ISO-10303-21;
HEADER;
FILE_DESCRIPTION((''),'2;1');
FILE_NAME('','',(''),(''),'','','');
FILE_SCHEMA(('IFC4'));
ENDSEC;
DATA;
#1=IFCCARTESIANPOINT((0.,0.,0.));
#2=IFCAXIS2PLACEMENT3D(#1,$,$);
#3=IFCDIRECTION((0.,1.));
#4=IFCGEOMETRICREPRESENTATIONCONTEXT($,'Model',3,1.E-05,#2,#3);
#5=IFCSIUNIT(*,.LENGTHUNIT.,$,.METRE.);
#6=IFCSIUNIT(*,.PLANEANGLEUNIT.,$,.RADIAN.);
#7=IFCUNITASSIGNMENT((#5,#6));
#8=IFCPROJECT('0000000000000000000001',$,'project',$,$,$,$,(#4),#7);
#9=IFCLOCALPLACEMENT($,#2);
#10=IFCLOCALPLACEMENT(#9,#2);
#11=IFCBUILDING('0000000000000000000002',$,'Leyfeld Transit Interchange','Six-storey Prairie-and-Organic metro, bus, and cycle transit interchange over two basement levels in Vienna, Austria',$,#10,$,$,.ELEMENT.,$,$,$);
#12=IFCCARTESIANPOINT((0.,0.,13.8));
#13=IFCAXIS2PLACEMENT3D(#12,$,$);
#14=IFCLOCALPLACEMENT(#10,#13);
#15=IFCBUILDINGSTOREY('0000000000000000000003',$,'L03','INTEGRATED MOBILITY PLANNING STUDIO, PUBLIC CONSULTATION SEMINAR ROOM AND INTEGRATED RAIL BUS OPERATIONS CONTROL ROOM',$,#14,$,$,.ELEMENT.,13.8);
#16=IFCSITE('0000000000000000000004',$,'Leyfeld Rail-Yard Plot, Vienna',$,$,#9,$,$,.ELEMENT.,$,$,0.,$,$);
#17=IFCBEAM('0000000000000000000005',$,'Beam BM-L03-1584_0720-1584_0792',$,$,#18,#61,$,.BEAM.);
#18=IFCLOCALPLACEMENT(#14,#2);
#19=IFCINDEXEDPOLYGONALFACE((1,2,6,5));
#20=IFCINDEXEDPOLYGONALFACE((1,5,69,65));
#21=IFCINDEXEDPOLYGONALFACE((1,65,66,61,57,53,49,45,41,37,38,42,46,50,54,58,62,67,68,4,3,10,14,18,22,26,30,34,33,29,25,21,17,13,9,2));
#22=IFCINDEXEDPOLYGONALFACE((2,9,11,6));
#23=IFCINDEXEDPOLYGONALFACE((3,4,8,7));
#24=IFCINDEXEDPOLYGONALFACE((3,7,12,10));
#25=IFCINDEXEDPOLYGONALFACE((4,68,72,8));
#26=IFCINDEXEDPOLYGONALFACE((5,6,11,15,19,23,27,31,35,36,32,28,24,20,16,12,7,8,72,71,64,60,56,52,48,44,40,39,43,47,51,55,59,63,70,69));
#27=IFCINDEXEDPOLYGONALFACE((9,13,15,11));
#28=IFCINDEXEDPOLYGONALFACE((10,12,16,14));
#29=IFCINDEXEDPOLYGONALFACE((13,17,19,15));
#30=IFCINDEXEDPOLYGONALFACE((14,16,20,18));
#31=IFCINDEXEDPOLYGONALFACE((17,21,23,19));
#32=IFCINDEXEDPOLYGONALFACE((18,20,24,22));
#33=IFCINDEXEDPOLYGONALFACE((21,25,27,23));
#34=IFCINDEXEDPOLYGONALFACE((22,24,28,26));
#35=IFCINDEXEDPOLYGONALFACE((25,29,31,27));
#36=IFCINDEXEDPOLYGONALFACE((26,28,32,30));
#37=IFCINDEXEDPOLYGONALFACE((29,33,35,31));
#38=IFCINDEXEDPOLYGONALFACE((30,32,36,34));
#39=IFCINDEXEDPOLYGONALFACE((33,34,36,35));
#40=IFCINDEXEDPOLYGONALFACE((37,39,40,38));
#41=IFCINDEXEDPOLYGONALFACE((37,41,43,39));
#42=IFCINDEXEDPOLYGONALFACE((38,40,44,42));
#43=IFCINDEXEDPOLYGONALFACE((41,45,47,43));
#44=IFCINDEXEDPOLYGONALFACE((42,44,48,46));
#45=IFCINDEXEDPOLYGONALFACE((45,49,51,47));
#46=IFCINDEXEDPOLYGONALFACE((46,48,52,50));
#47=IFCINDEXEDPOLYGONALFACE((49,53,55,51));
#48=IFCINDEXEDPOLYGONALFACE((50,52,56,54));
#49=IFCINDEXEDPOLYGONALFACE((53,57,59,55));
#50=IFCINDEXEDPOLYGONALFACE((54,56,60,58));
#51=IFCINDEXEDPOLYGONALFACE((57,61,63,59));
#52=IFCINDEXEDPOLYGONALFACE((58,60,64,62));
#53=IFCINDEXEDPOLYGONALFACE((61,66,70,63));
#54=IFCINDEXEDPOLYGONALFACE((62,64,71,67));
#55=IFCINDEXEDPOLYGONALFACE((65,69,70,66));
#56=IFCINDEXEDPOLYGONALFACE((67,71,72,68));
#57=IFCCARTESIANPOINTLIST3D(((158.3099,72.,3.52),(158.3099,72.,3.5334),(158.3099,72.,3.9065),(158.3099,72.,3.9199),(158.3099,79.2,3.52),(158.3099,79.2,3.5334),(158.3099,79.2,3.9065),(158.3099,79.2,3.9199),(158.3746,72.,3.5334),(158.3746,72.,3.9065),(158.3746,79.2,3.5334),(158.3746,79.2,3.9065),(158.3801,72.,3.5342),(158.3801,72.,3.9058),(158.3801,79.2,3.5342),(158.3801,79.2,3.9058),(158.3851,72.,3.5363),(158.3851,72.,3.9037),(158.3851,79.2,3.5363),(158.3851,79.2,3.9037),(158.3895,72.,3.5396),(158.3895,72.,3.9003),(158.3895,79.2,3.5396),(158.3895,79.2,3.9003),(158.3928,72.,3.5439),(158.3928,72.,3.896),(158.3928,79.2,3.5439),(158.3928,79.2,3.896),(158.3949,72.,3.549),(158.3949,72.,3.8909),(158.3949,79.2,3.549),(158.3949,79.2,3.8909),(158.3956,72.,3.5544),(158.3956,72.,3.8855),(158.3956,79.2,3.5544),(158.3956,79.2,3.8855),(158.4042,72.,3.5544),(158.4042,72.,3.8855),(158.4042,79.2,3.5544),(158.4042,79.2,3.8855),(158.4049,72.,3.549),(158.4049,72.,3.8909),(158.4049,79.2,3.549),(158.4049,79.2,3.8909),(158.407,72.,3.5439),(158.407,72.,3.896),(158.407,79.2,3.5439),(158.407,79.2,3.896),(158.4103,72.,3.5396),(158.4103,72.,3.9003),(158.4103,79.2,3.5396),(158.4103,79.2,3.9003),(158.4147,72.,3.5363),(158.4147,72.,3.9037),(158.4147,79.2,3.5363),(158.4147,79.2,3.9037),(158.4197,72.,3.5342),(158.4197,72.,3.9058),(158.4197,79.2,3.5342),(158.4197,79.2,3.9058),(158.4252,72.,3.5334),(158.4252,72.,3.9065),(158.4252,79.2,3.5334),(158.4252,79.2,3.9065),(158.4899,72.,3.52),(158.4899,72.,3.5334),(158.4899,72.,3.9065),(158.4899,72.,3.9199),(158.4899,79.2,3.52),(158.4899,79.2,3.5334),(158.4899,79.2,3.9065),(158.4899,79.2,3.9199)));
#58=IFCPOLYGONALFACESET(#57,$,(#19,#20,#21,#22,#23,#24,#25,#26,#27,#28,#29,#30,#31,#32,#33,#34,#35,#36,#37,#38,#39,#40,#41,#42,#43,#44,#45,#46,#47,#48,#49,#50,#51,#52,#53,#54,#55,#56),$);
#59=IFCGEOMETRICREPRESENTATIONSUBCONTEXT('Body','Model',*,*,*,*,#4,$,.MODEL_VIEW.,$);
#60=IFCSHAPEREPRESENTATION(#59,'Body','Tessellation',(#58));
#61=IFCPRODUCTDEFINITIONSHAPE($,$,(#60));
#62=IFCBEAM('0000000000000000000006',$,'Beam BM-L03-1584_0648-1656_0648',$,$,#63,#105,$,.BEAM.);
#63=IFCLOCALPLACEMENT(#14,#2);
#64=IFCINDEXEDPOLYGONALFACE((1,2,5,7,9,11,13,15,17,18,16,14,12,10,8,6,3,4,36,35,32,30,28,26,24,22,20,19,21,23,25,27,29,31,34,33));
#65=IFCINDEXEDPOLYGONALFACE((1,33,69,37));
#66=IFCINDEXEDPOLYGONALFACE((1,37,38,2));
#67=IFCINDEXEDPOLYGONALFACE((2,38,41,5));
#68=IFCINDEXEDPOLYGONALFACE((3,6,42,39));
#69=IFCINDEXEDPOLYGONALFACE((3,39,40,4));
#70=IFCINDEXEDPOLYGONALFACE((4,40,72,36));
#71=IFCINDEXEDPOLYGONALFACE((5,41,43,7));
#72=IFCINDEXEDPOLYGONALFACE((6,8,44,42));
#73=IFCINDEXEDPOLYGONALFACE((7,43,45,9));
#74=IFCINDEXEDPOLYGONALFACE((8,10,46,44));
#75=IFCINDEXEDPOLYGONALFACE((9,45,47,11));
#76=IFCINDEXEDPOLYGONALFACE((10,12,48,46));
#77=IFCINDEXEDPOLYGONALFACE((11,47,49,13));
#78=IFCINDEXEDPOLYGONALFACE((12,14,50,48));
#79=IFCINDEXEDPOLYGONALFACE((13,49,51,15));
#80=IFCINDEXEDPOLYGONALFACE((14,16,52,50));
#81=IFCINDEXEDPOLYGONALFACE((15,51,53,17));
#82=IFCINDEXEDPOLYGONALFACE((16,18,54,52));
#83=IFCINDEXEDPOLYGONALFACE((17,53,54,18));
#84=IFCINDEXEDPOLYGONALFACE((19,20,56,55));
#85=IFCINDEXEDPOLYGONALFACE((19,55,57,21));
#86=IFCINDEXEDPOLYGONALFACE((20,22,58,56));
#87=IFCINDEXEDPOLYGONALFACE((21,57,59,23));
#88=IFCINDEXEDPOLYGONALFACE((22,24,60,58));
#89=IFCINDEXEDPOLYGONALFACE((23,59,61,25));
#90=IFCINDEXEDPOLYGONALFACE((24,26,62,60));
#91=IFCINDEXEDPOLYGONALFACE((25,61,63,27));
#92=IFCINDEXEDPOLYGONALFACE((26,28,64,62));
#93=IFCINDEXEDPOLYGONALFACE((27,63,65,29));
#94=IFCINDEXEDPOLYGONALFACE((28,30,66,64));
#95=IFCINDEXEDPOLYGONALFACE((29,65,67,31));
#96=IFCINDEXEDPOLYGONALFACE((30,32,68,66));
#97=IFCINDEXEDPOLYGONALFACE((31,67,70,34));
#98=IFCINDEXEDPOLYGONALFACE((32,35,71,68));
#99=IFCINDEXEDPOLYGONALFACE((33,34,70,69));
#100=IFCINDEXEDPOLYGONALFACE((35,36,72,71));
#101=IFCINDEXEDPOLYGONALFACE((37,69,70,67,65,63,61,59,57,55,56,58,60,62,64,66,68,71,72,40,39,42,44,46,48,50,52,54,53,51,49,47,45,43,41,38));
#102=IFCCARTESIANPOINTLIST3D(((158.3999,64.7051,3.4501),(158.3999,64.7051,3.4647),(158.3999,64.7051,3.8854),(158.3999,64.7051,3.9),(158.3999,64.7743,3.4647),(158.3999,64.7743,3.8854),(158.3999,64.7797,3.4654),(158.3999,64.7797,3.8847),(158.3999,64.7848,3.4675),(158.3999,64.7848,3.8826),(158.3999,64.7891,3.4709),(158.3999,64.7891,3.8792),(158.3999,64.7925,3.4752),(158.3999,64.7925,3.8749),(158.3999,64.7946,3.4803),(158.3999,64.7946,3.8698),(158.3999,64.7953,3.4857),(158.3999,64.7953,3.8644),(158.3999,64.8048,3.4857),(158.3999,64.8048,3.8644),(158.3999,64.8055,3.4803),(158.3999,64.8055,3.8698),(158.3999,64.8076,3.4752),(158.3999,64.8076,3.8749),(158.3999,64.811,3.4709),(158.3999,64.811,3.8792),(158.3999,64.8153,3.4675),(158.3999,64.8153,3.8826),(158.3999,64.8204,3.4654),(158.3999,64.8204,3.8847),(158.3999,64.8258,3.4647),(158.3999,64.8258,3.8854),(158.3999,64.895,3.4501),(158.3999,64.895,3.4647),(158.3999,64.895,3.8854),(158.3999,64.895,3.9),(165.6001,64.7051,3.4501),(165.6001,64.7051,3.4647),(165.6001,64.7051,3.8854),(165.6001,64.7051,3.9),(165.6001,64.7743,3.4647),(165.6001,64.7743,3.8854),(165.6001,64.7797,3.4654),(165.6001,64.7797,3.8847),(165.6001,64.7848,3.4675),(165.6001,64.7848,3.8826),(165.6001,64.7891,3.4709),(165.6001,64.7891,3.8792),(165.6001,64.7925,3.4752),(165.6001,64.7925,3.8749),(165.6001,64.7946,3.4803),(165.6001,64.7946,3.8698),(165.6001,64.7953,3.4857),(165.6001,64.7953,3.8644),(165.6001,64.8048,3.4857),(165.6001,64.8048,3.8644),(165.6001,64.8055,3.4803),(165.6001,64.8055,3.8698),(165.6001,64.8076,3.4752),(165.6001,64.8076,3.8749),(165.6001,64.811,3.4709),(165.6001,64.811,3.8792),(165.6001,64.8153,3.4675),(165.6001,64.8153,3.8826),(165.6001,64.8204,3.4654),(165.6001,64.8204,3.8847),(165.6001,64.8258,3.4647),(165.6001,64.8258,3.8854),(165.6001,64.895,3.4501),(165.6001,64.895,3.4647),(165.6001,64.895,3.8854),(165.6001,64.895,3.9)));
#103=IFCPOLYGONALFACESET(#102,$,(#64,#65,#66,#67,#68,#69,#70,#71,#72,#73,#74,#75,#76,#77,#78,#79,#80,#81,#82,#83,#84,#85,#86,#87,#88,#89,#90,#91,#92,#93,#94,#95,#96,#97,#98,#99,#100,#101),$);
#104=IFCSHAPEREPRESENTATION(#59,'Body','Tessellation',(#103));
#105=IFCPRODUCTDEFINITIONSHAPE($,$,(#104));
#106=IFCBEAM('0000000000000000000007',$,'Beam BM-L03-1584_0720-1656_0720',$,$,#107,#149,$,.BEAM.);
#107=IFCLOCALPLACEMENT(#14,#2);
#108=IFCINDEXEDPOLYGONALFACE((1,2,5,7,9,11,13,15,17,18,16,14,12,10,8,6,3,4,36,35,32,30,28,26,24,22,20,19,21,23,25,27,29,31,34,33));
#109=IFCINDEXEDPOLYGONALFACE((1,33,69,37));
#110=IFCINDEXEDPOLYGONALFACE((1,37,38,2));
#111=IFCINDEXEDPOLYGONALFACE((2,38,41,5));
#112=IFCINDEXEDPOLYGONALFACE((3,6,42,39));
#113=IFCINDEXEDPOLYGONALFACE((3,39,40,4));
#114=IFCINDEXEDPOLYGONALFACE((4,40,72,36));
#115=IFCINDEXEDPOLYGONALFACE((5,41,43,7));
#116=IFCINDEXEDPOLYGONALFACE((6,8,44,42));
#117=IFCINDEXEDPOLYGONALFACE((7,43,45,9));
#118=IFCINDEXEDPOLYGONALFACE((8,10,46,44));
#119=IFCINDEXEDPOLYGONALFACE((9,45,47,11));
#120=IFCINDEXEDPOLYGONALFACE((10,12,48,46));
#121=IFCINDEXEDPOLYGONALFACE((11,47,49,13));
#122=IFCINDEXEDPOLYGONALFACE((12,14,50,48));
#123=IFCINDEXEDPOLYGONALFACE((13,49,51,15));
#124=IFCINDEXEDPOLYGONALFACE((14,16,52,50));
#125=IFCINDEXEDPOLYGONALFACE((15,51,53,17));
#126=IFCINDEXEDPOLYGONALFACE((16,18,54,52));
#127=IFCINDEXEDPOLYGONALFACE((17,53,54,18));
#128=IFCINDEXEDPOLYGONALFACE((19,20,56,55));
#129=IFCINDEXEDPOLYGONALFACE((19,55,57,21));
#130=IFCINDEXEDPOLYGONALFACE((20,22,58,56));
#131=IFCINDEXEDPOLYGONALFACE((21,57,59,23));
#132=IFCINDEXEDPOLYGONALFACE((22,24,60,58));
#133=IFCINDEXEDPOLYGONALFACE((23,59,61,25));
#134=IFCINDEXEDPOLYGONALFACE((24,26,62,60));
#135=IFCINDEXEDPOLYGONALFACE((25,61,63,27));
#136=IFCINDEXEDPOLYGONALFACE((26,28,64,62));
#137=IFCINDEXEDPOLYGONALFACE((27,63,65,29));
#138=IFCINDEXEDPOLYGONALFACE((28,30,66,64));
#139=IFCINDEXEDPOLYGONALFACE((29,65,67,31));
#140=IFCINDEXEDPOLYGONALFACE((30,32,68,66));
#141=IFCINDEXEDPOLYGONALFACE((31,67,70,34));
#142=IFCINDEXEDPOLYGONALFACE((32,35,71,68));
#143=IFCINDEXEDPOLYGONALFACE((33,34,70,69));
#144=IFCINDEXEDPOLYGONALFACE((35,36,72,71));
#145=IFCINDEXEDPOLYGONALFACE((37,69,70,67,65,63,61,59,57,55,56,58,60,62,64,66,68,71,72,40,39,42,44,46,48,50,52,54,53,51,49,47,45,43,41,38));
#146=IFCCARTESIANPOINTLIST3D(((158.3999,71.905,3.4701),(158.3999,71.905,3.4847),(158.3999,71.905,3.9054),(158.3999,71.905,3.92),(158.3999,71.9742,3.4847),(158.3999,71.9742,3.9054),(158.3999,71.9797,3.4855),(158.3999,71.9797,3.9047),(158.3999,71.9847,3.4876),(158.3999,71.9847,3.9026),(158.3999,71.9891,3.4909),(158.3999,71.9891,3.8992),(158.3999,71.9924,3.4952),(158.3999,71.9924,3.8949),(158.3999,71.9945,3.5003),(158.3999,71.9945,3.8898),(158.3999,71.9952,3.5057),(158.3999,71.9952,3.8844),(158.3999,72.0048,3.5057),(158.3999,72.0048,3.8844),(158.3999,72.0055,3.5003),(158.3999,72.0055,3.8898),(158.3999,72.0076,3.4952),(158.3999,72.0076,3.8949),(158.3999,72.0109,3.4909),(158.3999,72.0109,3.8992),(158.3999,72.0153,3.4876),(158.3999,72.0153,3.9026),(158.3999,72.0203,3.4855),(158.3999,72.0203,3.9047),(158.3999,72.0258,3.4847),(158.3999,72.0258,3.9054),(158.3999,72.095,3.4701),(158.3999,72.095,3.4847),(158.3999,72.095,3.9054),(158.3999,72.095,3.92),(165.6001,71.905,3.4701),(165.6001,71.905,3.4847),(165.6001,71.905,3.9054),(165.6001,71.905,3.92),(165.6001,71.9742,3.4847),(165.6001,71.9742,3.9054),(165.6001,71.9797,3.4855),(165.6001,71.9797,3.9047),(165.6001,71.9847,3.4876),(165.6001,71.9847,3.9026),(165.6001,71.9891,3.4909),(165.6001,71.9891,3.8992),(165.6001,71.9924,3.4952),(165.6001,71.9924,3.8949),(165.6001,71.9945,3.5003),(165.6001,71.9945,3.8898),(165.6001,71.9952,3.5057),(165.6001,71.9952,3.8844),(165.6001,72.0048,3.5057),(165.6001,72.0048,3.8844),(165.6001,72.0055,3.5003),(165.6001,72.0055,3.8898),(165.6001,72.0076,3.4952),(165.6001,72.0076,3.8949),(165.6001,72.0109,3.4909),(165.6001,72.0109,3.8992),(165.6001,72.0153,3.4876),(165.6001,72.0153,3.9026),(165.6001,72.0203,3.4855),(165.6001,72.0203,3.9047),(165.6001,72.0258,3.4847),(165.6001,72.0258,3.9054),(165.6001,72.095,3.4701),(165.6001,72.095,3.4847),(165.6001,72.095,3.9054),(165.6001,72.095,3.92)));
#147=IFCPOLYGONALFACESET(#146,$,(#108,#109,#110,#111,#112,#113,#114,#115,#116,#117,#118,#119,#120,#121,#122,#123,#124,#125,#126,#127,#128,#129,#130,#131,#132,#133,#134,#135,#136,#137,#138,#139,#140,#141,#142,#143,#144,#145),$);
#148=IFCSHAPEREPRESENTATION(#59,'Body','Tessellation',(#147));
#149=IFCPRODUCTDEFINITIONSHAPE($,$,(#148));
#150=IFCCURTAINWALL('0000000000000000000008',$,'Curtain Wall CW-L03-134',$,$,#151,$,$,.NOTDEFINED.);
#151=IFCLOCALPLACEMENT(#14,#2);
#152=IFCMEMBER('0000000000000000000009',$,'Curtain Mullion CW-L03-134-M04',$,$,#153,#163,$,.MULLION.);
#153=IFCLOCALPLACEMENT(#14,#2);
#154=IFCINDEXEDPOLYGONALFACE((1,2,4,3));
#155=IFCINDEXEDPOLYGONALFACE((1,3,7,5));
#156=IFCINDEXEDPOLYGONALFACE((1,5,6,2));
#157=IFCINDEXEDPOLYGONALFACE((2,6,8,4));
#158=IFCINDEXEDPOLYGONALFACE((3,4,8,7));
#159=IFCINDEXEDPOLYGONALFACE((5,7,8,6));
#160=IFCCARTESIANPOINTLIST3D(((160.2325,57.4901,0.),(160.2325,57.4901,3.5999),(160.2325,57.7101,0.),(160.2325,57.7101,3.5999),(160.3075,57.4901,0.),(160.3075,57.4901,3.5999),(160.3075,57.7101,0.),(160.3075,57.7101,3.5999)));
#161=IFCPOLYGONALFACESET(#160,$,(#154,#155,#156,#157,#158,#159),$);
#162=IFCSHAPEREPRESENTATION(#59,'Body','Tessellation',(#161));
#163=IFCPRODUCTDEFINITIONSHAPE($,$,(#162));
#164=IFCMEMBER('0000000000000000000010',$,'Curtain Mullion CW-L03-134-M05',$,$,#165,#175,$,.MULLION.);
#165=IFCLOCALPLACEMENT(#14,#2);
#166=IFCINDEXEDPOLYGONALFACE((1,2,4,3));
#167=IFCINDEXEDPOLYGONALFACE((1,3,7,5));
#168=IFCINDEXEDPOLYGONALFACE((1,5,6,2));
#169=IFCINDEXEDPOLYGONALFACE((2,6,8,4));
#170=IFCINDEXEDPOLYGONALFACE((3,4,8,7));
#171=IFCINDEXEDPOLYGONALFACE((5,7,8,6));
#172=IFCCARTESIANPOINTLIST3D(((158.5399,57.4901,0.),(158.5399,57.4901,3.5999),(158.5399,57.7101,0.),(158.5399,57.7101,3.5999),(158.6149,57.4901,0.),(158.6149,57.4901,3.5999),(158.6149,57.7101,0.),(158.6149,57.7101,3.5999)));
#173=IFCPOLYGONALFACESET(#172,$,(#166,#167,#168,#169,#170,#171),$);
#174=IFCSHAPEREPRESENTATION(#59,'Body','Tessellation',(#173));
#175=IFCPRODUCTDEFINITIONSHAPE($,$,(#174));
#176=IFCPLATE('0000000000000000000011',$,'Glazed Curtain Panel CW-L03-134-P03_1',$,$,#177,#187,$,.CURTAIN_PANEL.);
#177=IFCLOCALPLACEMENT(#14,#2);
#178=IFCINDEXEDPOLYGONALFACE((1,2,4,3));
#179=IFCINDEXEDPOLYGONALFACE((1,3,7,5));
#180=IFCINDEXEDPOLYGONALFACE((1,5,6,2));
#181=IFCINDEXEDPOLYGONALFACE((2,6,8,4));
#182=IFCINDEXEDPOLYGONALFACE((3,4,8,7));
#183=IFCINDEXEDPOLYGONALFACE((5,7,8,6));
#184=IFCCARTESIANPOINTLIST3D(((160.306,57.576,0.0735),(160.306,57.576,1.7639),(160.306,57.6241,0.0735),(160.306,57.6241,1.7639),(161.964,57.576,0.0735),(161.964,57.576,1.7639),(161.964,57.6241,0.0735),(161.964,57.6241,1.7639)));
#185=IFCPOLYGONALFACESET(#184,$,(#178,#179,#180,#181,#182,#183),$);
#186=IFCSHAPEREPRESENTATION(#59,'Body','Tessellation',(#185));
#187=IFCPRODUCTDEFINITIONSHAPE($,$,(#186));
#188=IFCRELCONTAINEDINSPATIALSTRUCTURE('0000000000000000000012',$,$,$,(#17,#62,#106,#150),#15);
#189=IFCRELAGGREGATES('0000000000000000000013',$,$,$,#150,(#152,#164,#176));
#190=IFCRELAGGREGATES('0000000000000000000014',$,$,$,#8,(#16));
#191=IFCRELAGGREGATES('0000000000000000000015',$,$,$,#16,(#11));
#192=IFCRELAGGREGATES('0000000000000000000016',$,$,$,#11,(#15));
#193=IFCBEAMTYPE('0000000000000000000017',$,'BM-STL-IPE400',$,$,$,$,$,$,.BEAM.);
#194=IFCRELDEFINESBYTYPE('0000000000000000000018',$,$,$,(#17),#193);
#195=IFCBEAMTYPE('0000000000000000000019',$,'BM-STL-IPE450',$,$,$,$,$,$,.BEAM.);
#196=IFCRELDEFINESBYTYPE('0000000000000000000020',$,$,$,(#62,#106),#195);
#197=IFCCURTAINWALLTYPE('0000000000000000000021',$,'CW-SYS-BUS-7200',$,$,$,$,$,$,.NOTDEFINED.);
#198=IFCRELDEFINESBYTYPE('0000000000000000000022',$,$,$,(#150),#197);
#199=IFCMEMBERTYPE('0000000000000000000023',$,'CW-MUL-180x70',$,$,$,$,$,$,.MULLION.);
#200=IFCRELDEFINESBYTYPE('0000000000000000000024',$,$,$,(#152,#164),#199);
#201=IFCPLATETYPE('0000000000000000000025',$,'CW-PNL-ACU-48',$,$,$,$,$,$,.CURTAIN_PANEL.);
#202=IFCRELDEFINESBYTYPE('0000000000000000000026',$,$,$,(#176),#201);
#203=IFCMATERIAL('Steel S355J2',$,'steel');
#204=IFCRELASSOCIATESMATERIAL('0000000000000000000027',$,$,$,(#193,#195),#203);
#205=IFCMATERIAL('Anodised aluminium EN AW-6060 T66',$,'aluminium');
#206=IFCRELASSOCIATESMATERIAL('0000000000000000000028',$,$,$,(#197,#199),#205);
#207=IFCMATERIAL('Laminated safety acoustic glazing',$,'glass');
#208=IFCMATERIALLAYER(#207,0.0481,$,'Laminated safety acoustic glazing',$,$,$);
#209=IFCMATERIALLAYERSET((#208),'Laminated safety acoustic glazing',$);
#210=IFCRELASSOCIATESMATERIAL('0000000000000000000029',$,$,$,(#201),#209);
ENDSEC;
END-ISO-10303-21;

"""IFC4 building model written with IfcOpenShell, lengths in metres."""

from ifc_helpers import new_model, si_unit, direction, frame, origin, origin_2d, place, context, subcontext, project, spatial, rectangle, i_section, extrude, material, layer, layer_set, material_profile, profile_set, type_object, element, aggregate, save


model = new_model("IFC4")

# Units and contexts
model_context = context("Model", 3, precision=1e-05, world=origin(), true_north=direction((0.0, 1.0)))
body_context = subcontext(model_context, "Body", "Model", "MODEL_VIEW")
ifc_project = project(units=[si_unit("LENGTHUNIT", "METRE"), si_unit("PLANEANGLEUNIT", "RADIAN")], contexts=[model_context])

# Site, building, storey
site_placement = place(None, origin())
site = spatial("IfcSite", under=ifc_project, at=site_placement, Name="Leyfeld Rail-Yard Plot, Vienna", CompositionType="ELEMENT", RefElevation=0.0)
building_placement = place(site_placement, origin())
building = spatial("IfcBuilding", under=site, at=building_placement, Name="Leyfeld Transit Interchange", Description="Six-storey Prairie-and-Organic metro, bus, and cycle transit interchange over two basement levels in Vienna, Austria", CompositionType="ELEMENT")
storey_placement = place(building_placement, frame((0.0, 0.0, 13.8)))
storey = spatial("IfcBuildingStorey", under=building, at=storey_placement, Name="L03", Description="INTEGRATED MOBILITY PLANNING STUDIO, PUBLIC CONSULTATION SEMINAR ROOM AND INTEGRATED RAIL BUS OPERATIONS CONTROL ROOM", CompositionType="ELEMENT", Elevation=13.8)

# Shared definitions
ifc_material_1 = material(Name="Steel S355J2", Category="steel")

# Beams
ifc_material_profile_1 = material_profile(ifc_material_1, i_section(OverallWidth=0.1799, OverallDepth=0.3999, WebThickness=0.0085, FlangeThickness=0.0134, FilletRadius=0.021, at=origin_2d()), Name="IPE 400")
ifc_profile_set_1 = profile_set([ifc_material_profile_1], Name="Steel S355J2")
beam_type_1 = type_object("IfcBeamType", Name="BM-STL-IPE400", PredefinedType="BEAM", material=ifc_profile_set_1)
for number, where, z_axis, x_axis, name in (
    (1, (158.3999, 72.0, 3.72), (0.0, 1.0, 0.0), (-1.0, 0.0, 0.0), "Beam BM-L03-1584_0720-1584_0792"),
):
    element("IfcBeam", number, at=place(storey_placement, frame(where, z_axis=z_axis, x_axis=x_axis)), inside=storey, type_object=beam_type_1, Name=name, PredefinedType="BEAM", context=body_context, shape_type="SweptSolid", body=[
        extrude(i_section(OverallWidth=0.1799, OverallDepth=0.3999, WebThickness=0.0085, FlangeThickness=0.0134, FilletRadius=0.021, at=origin_2d()), origin(), (0.0, 0.0, 1.0), 7.2),
    ])
ifc_material_profile_2 = material_profile(ifc_material_1, i_section(OverallWidth=0.1899, OverallDepth=0.45, WebThickness=0.0095, FlangeThickness=0.0146, FilletRadius=0.021, at=origin_2d()), Name="IPE 450")
ifc_profile_set_2 = profile_set([ifc_material_profile_2], Name="Steel S355J2")
beam_type_2 = type_object("IfcBeamType", Name="BM-STL-IPE450", PredefinedType="BEAM", material=ifc_profile_set_2)
for number, where, z_axis, x_axis, name in (
    (2, (158.3999, 64.8, 3.675), (1.0, 0.0, 0.0), (0.0, 1.0, 0.0), "Beam BM-L03-1584_0648-1656_0648"),
    (3, (158.3999, 72.0, 3.6951), (1.0, 0.0, 0.0), (0.0, 1.0, 0.0), "Beam BM-L03-1584_0720-1656_0720"),
):
    element("IfcBeam", number, at=place(storey_placement, frame(where, z_axis=z_axis, x_axis=x_axis)), inside=storey, type_object=beam_type_2, Name=name, PredefinedType="BEAM", context=body_context, shape_type="SweptSolid", body=[
        extrude(i_section(OverallWidth=0.1899, OverallDepth=0.45, WebThickness=0.0095, FlangeThickness=0.0146, FilletRadius=0.021, at=origin_2d()), origin(), (0.0, 0.0, 1.0), 7.2002),
    ])

# Curtain wall, members, plate
ifc_material_2 = material(Name="Anodised aluminium EN AW-6060 T66", Category="aluminium")
curtain_wall_type = type_object("IfcCurtainWallType", Name="CW-SYS-BUS-7200", PredefinedType="NOTDEFINED", material=ifc_material_2)
curtain_wall_placement = place(storey_placement, origin())
curtain_wall = element("IfcCurtainWall", 4, at=curtain_wall_placement, inside=storey, type_object=curtain_wall_type, Name="Curtain Wall CW-L03-134", PredefinedType="NOTDEFINED")
ifc_material_profile_3 = material_profile(ifc_material_2, rectangle(XDim=0.075, YDim=0.22, at=origin_2d()), Name="CW-M 75x220")
ifc_profile_set_3 = profile_set([ifc_material_profile_3], Name="Anodised aluminium EN AW-6060 T66")
member_type = type_object("IfcMemberType", Name="CW-MUL-180x70", PredefinedType="MULLION", material=ifc_profile_set_3)
member_1_placement = place(storey_placement, frame((160.27, 57.6001, 0.0), z_axis=(0.0, 0.0, 1.0), x_axis=(-1.0, 0.0, 0.0)))
member_1 = element("IfcMember", 5, at=member_1_placement, type_object=member_type, Name="Curtain Mullion CW-L03-134-M04", PredefinedType="MULLION", context=body_context, shape_type="SweptSolid", body=[
    extrude(rectangle(XDim=0.075, YDim=0.22, at=origin_2d()), origin(), (0.0, 0.0, 1.0), 3.5999),
])
member_2_placement = place(storey_placement, frame((158.5774, 57.6001, 0.0), z_axis=(0.0, 0.0, 1.0), x_axis=(-1.0, 0.0, 0.0)))
member_2 = element("IfcMember", 6, at=member_2_placement, type_object=member_type, Name="Curtain Mullion CW-L03-134-M05", PredefinedType="MULLION", context=body_context, shape_type="SweptSolid", body=[
    extrude(rectangle(XDim=0.075, YDim=0.22, at=origin_2d()), origin(), (0.0, 0.0, 1.0), 3.5999),
])
ifc_material_3 = material(Name="Laminated safety acoustic glazing", Category="glass")
ifc_layer_1 = layer(ifc_material_3, 0.0481, Name="Laminated safety acoustic glazing")
ifc_layer_set_1 = layer_set([ifc_layer_1], Name="Laminated safety acoustic glazing")
plate_type_1 = type_object("IfcPlateType", Name="CW-PNL-ACU-48", PredefinedType="CURTAIN_PANEL", material=ifc_layer_set_1)
plate_1_placement = place(storey_placement, frame((161.135, 57.6001, 0.0735), z_axis=(0.0, 0.0, 1.0), x_axis=(-1.0, 0.0, 0.0)))
plate_1 = element("IfcPlate", 7, at=plate_1_placement, type_object=plate_type_1, Name="Glazed Curtain Panel CW-L03-134-P03_1", PredefinedType="CURTAIN_PANEL", context=body_context, shape_type="SweptSolid", body=[
    extrude(rectangle(XDim=1.658, YDim=0.0481, at=origin_2d()), origin(), (0.0, 0.0, 1.0), 1.6904),
])
aggregate(curtain_wall, [member_1, member_2, plate_1])

save(model, "model.ifc")
